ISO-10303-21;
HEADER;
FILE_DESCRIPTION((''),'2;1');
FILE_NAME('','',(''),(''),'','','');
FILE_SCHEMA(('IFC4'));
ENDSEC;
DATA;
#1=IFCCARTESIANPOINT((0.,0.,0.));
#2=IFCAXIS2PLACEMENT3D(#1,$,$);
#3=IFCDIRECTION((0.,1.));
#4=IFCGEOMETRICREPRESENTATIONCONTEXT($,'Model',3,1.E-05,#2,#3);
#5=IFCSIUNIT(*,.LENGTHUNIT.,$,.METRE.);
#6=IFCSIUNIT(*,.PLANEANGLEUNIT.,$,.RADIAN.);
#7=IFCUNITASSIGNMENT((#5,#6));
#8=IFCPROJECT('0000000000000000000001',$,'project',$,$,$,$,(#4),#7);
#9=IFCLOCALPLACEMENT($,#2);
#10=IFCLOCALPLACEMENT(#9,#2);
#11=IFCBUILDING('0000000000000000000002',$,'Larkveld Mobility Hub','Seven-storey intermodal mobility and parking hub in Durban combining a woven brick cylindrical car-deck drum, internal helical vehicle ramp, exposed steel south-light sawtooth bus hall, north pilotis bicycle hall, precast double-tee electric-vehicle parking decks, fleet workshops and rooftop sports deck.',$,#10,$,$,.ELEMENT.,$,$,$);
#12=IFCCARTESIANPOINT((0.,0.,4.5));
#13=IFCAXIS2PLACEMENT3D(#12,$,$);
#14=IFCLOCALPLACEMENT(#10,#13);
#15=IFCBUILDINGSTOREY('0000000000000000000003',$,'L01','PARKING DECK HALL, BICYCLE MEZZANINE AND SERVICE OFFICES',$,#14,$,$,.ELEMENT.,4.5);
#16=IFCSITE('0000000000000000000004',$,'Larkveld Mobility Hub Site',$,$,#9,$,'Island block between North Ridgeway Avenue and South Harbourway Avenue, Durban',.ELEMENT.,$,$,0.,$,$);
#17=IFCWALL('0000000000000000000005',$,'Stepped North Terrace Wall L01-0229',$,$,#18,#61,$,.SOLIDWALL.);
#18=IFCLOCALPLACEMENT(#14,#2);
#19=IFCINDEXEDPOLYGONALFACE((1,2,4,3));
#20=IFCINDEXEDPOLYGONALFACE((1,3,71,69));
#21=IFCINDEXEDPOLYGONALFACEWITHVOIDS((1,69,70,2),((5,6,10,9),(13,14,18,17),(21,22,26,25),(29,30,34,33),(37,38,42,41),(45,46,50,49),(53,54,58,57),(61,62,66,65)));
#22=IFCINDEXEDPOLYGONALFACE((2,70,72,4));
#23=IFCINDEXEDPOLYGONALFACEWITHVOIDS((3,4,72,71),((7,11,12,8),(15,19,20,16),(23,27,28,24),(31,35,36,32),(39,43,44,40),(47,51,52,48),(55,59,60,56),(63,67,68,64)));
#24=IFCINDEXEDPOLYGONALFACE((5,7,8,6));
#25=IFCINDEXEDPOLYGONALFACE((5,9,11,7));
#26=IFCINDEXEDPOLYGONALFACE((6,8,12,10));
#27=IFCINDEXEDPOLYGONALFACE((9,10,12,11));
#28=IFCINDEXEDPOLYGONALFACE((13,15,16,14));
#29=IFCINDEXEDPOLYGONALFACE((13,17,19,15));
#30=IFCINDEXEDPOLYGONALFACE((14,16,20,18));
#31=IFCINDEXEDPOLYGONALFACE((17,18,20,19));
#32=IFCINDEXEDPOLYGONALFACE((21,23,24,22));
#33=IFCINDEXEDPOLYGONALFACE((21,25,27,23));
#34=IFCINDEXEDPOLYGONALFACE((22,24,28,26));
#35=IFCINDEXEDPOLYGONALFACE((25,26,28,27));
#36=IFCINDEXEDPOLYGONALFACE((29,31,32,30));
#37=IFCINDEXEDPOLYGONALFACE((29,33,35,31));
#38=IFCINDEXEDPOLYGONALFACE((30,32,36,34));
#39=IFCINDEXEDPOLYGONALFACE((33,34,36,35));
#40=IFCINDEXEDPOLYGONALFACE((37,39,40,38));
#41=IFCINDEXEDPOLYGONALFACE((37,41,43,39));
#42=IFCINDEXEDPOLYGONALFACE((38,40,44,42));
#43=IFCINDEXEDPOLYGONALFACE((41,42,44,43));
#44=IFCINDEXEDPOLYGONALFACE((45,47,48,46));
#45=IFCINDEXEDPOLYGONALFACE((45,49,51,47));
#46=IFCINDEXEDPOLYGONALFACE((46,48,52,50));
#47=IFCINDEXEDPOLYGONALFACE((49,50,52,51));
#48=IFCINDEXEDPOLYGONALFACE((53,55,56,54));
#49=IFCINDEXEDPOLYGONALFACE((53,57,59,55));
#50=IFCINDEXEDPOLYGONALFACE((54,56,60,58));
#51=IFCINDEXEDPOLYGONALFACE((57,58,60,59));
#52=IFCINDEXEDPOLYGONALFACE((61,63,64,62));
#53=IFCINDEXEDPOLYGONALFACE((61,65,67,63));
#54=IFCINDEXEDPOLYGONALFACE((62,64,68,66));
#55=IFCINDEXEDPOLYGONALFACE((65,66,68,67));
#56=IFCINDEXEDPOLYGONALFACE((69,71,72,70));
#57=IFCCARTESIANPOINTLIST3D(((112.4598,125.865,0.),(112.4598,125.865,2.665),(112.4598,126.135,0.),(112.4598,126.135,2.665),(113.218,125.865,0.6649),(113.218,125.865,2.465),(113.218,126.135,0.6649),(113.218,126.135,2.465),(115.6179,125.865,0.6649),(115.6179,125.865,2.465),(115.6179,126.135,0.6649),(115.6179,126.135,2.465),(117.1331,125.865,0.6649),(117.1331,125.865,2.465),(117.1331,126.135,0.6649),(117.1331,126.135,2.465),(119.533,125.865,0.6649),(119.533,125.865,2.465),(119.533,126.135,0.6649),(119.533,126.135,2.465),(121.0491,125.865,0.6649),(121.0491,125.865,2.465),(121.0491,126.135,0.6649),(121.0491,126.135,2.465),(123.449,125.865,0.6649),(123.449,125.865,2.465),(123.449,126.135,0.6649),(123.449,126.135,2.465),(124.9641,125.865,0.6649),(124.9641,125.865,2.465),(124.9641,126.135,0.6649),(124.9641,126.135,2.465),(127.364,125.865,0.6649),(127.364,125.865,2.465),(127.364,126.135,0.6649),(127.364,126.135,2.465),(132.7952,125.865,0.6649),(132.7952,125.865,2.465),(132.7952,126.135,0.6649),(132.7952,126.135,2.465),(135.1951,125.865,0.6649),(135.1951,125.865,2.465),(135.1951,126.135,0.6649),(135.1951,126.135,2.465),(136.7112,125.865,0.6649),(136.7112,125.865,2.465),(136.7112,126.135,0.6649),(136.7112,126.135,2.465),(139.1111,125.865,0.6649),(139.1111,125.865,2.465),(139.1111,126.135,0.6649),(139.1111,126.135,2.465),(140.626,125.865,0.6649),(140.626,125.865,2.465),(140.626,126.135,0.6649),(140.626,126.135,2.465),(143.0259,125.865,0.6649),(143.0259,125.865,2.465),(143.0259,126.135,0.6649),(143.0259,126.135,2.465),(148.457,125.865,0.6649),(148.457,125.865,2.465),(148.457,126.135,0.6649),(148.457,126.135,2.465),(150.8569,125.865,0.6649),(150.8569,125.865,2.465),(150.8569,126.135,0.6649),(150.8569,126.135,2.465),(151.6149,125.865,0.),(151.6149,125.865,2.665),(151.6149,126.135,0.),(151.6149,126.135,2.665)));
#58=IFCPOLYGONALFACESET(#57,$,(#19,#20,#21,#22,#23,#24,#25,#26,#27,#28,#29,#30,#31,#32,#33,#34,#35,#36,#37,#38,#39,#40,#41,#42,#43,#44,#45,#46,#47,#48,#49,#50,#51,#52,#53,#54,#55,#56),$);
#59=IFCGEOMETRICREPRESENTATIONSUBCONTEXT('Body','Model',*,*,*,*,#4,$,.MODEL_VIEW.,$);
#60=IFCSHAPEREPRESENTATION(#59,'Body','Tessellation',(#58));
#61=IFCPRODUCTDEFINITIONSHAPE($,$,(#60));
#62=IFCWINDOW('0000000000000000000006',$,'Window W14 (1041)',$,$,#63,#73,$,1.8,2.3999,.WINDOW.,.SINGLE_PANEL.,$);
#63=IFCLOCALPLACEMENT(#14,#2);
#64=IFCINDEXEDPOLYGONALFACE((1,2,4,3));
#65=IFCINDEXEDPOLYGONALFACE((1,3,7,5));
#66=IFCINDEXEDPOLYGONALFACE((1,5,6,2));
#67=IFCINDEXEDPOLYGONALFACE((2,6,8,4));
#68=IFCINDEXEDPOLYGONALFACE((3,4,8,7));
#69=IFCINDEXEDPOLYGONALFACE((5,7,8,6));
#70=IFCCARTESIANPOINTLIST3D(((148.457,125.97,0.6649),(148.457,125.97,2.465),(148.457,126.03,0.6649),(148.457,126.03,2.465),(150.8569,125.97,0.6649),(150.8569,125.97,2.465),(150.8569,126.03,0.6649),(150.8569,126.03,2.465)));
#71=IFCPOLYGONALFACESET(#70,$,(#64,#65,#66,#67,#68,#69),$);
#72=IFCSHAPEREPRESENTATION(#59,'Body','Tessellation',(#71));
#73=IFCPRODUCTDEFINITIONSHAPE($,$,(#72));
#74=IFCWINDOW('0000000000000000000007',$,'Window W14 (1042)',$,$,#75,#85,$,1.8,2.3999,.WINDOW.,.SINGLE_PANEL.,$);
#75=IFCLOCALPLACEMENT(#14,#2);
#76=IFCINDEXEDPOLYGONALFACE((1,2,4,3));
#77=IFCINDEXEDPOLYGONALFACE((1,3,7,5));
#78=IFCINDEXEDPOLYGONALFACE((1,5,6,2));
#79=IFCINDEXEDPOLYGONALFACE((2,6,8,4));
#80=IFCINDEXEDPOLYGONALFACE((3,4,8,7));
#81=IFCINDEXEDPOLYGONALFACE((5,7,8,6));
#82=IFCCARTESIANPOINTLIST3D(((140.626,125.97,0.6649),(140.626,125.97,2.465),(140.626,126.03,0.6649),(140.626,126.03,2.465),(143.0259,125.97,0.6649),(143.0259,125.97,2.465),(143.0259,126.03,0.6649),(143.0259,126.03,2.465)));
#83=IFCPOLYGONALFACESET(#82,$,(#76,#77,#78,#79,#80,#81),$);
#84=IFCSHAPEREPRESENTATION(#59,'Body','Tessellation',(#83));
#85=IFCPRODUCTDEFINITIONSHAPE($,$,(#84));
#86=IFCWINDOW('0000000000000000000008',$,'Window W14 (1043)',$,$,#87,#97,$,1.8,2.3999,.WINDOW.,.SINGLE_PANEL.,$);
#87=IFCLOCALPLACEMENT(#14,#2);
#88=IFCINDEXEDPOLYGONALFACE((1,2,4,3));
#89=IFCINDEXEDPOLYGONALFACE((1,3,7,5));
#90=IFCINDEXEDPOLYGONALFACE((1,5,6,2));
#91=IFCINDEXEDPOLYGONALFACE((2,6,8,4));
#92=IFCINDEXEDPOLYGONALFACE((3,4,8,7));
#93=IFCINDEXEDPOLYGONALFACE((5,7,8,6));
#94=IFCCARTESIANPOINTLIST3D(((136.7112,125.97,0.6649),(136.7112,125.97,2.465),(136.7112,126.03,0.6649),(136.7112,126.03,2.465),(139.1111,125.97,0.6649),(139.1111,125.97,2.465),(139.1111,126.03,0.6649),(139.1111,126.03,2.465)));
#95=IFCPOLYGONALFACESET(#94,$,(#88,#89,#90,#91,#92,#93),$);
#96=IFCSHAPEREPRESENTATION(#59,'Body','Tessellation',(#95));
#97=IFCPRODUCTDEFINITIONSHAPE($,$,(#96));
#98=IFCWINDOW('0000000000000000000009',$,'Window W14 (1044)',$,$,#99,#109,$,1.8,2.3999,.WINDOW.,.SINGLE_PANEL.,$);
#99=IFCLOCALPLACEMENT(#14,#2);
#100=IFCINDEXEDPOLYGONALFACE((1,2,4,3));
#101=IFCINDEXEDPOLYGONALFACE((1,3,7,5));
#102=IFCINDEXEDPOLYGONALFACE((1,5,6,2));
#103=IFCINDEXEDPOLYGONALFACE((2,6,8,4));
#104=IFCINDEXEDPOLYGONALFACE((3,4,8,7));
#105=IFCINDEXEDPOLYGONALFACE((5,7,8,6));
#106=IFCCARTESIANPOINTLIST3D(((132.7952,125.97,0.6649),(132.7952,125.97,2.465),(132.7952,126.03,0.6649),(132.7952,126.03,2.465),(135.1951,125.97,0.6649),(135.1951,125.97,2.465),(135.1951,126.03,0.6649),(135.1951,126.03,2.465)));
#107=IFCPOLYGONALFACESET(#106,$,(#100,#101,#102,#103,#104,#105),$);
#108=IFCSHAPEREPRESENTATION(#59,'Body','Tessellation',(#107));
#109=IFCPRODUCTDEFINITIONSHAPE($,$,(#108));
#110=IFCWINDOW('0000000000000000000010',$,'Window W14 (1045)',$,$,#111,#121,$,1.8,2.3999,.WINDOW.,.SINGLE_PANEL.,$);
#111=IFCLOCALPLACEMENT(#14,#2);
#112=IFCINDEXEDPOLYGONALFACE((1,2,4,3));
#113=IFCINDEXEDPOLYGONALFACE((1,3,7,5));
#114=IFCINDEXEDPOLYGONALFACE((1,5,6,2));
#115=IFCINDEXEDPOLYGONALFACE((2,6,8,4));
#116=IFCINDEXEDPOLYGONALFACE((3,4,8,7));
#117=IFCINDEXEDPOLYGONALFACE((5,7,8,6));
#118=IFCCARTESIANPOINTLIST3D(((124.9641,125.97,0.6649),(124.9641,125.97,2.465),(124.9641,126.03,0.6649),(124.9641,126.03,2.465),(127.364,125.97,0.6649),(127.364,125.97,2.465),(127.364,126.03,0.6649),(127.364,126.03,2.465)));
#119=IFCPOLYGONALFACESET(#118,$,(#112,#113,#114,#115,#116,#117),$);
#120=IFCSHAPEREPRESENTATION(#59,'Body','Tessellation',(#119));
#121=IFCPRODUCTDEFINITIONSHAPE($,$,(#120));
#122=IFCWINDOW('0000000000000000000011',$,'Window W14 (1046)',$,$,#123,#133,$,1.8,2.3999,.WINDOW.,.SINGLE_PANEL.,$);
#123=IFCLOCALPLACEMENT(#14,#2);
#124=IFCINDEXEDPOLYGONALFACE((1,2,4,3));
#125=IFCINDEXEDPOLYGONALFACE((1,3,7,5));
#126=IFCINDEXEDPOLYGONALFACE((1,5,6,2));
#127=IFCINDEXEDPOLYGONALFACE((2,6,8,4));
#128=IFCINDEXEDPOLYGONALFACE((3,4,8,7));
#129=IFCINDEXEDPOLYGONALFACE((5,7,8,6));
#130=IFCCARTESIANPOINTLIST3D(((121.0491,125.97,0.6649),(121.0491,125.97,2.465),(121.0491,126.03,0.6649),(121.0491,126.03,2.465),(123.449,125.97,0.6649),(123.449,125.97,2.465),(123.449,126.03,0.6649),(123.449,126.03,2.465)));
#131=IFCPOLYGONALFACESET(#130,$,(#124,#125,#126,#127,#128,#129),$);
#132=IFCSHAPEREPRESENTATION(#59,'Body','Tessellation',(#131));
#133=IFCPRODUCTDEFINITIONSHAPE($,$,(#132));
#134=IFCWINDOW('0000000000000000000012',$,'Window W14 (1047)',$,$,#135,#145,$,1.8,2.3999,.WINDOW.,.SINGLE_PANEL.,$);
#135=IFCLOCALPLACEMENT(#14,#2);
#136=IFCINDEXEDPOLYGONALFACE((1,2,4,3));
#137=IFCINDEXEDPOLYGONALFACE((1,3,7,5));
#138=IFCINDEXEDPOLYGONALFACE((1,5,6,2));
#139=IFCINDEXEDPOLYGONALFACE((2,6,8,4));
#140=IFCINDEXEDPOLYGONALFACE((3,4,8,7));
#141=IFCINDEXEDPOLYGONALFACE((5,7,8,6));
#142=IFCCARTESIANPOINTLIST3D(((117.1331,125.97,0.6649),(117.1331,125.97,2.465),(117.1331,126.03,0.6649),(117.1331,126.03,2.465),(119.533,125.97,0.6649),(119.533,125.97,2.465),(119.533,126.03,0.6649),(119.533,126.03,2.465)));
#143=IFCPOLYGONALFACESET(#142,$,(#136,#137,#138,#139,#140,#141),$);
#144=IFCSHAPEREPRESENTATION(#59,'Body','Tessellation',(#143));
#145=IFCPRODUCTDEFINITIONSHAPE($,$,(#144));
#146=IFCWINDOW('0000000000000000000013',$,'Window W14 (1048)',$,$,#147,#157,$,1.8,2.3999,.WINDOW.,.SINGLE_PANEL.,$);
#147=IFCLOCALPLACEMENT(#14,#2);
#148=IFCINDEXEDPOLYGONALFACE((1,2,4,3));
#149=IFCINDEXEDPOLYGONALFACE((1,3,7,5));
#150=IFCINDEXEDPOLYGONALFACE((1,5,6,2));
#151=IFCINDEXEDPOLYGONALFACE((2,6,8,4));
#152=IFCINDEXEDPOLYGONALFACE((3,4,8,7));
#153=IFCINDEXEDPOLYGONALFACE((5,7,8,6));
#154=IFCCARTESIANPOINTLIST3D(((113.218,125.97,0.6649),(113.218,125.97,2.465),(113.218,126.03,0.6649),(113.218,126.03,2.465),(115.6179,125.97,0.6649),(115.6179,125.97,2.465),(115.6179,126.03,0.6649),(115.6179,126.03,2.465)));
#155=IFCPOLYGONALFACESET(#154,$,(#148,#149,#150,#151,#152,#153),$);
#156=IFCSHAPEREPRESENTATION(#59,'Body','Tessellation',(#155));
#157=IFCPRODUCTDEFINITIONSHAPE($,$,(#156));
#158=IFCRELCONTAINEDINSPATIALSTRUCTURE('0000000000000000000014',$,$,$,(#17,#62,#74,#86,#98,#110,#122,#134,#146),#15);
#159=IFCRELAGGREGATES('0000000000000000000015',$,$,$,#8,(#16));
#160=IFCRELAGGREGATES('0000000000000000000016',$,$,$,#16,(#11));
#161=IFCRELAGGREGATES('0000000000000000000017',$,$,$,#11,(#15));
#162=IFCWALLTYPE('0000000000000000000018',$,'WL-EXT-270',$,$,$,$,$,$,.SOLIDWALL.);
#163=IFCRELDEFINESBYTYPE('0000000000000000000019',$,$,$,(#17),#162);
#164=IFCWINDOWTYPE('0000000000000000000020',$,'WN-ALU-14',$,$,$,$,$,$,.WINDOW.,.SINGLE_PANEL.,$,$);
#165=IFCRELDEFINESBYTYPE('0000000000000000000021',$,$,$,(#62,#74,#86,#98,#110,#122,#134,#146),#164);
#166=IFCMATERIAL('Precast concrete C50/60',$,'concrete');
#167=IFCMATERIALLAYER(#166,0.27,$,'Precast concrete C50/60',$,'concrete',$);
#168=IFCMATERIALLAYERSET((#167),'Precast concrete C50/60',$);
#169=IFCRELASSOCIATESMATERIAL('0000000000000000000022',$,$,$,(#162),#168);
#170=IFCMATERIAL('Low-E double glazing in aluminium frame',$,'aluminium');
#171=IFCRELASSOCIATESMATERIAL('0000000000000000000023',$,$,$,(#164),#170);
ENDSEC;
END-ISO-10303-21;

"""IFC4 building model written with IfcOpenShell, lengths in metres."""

from ifc_helpers import new_model, si_unit, direction, frame, frame_2d, origin, place, context, subcontext, project, spatial, rectangle, extrude, material, layer, layer_set, type_object, element, fill, save


model = new_model("IFC4")

# Units and contexts
model_context = context("Model", 3, precision=1e-05, world=origin(), true_north=direction((0.0, 1.0)))
body_context = subcontext(model_context, "Body", "Model", "MODEL_VIEW")
ifc_project = project(units=[si_unit("LENGTHUNIT", "METRE"), si_unit("PLANEANGLEUNIT", "RADIAN")], contexts=[model_context])

# Site, building, storey
site_placement = place(None, origin())
site = spatial("IfcSite", under=ifc_project, at=site_placement, Name="Larkveld Mobility Hub Site", LongName="Island block between North Ridgeway Avenue and South Harbourway Avenue, Durban", CompositionType="ELEMENT", RefElevation=0.0)
building_placement = place(site_placement, origin())
building = spatial("IfcBuilding", under=site, at=building_placement, Name="Larkveld Mobility Hub", Description="Seven-storey intermodal mobility and parking hub in Durban combining a woven brick cylindrical car-deck drum, internal helical vehicle ramp, exposed steel south-light sawtooth bus hall, north pilotis bicycle hall, precast double-tee electric-vehicle parking decks, fleet workshops and rooftop sports deck.", CompositionType="ELEMENT")
storey_placement = place(building_placement, frame((0.0, 0.0, 4.5)))
storey = spatial("IfcBuildingStorey", under=building, at=storey_placement, Name="L01", Description="PARKING DECK HALL, BICYCLE MEZZANINE AND SERVICE OFFICES", CompositionType="ELEMENT", Elevation=4.5)

# Shared definitions
ifc_material_1 = material(Name="Precast concrete C50/60", Category="concrete")

# Wall, openings, windows
ifc_layer_1 = layer(ifc_material_1, 0.27, Name="Precast concrete C50/60", Category="concrete")
ifc_layer_set_1 = layer_set([ifc_layer_1], Name="Precast concrete C50/60")
wall_type = type_object("IfcWallType", Name="WL-EXT-270", PredefinedType="SOLIDWALL", material=ifc_layer_set_1)
wall_placement = place(storey_placement, frame((151.615, 126.0, 0.0), z_axis=(0.0, 0.0, 1.0), x_axis=(-1.0, 0.0, 0.0)))
wall = element("IfcWall", 1, at=wall_placement, inside=storey, type_object=wall_type, Name="Stepped North Terrace Wall L01-0229", PredefinedType="SOLIDWALL", context=body_context, shape_type="SweptSolid", body=[
    extrude(rectangle(XDim=39.155, YDim=0.27, at=frame_2d((19.5776, 0.0))), origin(), (0.0, 0.0, 1.0), 2.665),
])
opening_1_placement = place(wall_placement, frame((0.7581, 0.0, 0.665)))
opening_1 = element("IfcOpeningElement", 2, at=opening_1_placement, cuts=wall, PredefinedType="OPENING", context=body_context, shape_type="SweptSolid", body=[
    extrude(rectangle(XDim=2.3999, YDim=1.8, at=frame_2d((1.2, 0.8999))), frame((0.0, 0.145, 0.0), z_axis=(0.0, -1.0, 0.0), x_axis=(1.0, 0.0, 0.0)), (0.0, 0.0, 1.0), 0.29),
])
opening_2_placement = place(wall_placement, frame((8.5891, 0.0, 0.665)))
opening_2 = element("IfcOpeningElement", 3, at=opening_2_placement, cuts=wall, PredefinedType="OPENING", context=body_context, shape_type="SweptSolid", body=[
    extrude(rectangle(XDim=2.3999, YDim=1.8, at=frame_2d((1.2, 0.8999))), frame((0.0, 0.145, 0.0), z_axis=(0.0, -1.0, 0.0), x_axis=(1.0, 0.0, 0.0)), (0.0, 0.0, 1.0), 0.29),
])
opening_3_placement = place(wall_placement, frame((12.5039, 0.0, 0.665)))
opening_3 = element("IfcOpeningElement", 4, at=opening_3_placement, cuts=wall, PredefinedType="OPENING", context=body_context, shape_type="SweptSolid", body=[
    extrude(rectangle(XDim=2.3999, YDim=1.8, at=frame_2d((1.2, 0.8999))), frame((0.0, 0.145, 0.0), z_axis=(0.0, -1.0, 0.0), x_axis=(1.0, 0.0, 0.0)), (0.0, 0.0, 1.0), 0.29),
])
opening_4_placement = place(wall_placement, frame((16.4199, 0.0, 0.665)))
opening_4 = element("IfcOpeningElement", 5, at=opening_4_placement, cuts=wall, PredefinedType="OPENING", context=body_context, shape_type="SweptSolid", body=[
    extrude(rectangle(XDim=2.3999, YDim=1.8, at=frame_2d((1.2, 0.8999))), frame((0.0, 0.145, 0.0), z_axis=(0.0, -1.0, 0.0), x_axis=(1.0, 0.0, 0.0)), (0.0, 0.0, 1.0), 0.29),
])
opening_5_placement = place(wall_placement, frame((24.251, 0.0, 0.665)))
opening_5 = element("IfcOpeningElement", 6, at=opening_5_placement, cuts=wall, PredefinedType="OPENING", context=body_context, shape_type="SweptSolid", body=[
    extrude(rectangle(XDim=2.3999, YDim=1.8, at=frame_2d((1.2, 0.8999))), frame((0.0, 0.145, 0.0), z_axis=(0.0, -1.0, 0.0), x_axis=(1.0, 0.0, 0.0)), (0.0, 0.0, 1.0), 0.29),
])
opening_6_placement = place(wall_placement, frame((28.166, 0.0, 0.665)))
opening_6 = element("IfcOpeningElement", 7, at=opening_6_placement, cuts=wall, PredefinedType="OPENING", context=body_context, shape_type="SweptSolid", body=[
    extrude(rectangle(XDim=2.3999, YDim=1.8, at=frame_2d((1.2, 0.8999))), frame((0.0, 0.145, 0.0), z_axis=(0.0, -1.0, 0.0), x_axis=(1.0, 0.0, 0.0)), (0.0, 0.0, 1.0), 0.29),
])
opening_7_placement = place(wall_placement, frame((32.082, 0.0, 0.665)))
opening_7 = element("IfcOpeningElement", 8, at=opening_7_placement, cuts=wall, PredefinedType="OPENING", context=body_context, shape_type="SweptSolid", body=[
    extrude(rectangle(XDim=2.3999, YDim=1.8, at=frame_2d((1.2, 0.8999))), frame((0.0, 0.145, 0.0), z_axis=(0.0, -1.0, 0.0), x_axis=(1.0, 0.0, 0.0)), (0.0, 0.0, 1.0), 0.29),
])
opening_8_placement = place(wall_placement, frame((35.9971, 0.0, 0.665)))
opening_8 = element("IfcOpeningElement", 9, at=opening_8_placement, cuts=wall, PredefinedType="OPENING", context=body_context, shape_type="SweptSolid", body=[
    extrude(rectangle(XDim=2.3999, YDim=1.8, at=frame_2d((1.2, 0.8999))), frame((0.0, 0.145, 0.0), z_axis=(0.0, -1.0, 0.0), x_axis=(1.0, 0.0, 0.0)), (0.0, 0.0, 1.0), 0.29),
])
ifc_material_2 = material(Name="Low-E double glazing in aluminium frame", Category="aluminium")
window_type = type_object("IfcWindowType", Name="WN-ALU-14", PartitioningType="SINGLE_PANEL", PredefinedType="WINDOW", material=ifc_material_2)
window_1_placement = place(opening_1_placement, origin())
window_1 = element("IfcWindow", 10, at=window_1_placement, inside=storey, type_object=window_type, Name="Window W14 (1041)", OverallHeight=1.8, OverallWidth=2.3999, PartitioningType="SINGLE_PANEL", PredefinedType="WINDOW", context=body_context, shape_type="SweptSolid", body=[
    extrude(rectangle(XDim=2.3999, YDim=1.8, at=frame_2d((1.2, 0.8999))), frame((0.0, 0.03, 0.0), z_axis=(0.0, -1.0, 0.0), x_axis=(1.0, 0.0, 0.0)), (0.0, 0.0, 1.0), 0.0601),
])
fill(opening_1, window_1)
window_2_placement = place(opening_2_placement, origin())
window_2 = element("IfcWindow", 11, at=window_2_placement, inside=storey, type_object=window_type, Name="Window W14 (1042)", OverallHeight=1.8, OverallWidth=2.3999, PartitioningType="SINGLE_PANEL", PredefinedType="WINDOW", context=body_context, shape_type="SweptSolid", body=[
    extrude(rectangle(XDim=2.3999, YDim=1.8, at=frame_2d((1.2, 0.8999))), frame((0.0, 0.03, 0.0), z_axis=(0.0, -1.0, 0.0), x_axis=(1.0, 0.0, 0.0)), (0.0, 0.0, 1.0), 0.0601),
])
fill(opening_2, window_2)
window_3_placement = place(opening_3_placement, origin())
window_3 = element("IfcWindow", 12, at=window_3_placement, inside=storey, type_object=window_type, Name="Window W14 (1043)", OverallHeight=1.8, OverallWidth=2.3999, PartitioningType="SINGLE_PANEL", PredefinedType="WINDOW", context=body_context, shape_type="SweptSolid", body=[
    extrude(rectangle(XDim=2.3999, YDim=1.8, at=frame_2d((1.2, 0.8999))), frame((0.0, 0.03, 0.0), z_axis=(0.0, -1.0, 0.0), x_axis=(1.0, 0.0, 0.0)), (0.0, 0.0, 1.0), 0.0601),
])
fill(opening_3, window_3)
window_4_placement = place(opening_4_placement, origin())
window_4 = element("IfcWindow", 13, at=window_4_placement, inside=storey, type_object=window_type, Name="Window W14 (1044)", OverallHeight=1.8, OverallWidth=2.3999, PartitioningType="SINGLE_PANEL", PredefinedType="WINDOW", context=body_context, shape_type="SweptSolid", body=[
    extrude(rectangle(XDim=2.3999, YDim=1.8, at=frame_2d((1.2, 0.8999))), frame((0.0, 0.03, 0.0), z_axis=(0.0, -1.0, 0.0), x_axis=(1.0, 0.0, 0.0)), (0.0, 0.0, 1.0), 0.0601),
])
fill(opening_4, window_4)
window_5_placement = place(opening_5_placement, origin())
window_5 = element("IfcWindow", 14, at=window_5_placement, inside=storey, type_object=window_type, Name="Window W14 (1045)", OverallHeight=1.8, OverallWidth=2.3999, PartitioningType="SINGLE_PANEL", PredefinedType="WINDOW", context=body_context, shape_type="SweptSolid", body=[
    extrude(rectangle(XDim=2.3999, YDim=1.8, at=frame_2d((1.2, 0.8999))), frame((0.0, 0.03, 0.0), z_axis=(0.0, -1.0, 0.0), x_axis=(1.0, 0.0, 0.0)), (0.0, 0.0, 1.0), 0.0601),
])
fill(opening_5, window_5)
window_6_placement = place(opening_6_placement, origin())
window_6 = element("IfcWindow", 15, at=window_6_placement, inside=storey, type_object=window_type, Name="Window W14 (1046)", OverallHeight=1.8, OverallWidth=2.3999, PartitioningType="SINGLE_PANEL", PredefinedType="WINDOW", context=body_context, shape_type="SweptSolid", body=[
    extrude(rectangle(XDim=2.3999, YDim=1.8, at=frame_2d((1.2, 0.8999))), frame((0.0, 0.03, 0.0), z_axis=(0.0, -1.0, 0.0), x_axis=(1.0, 0.0, 0.0)), (0.0, 0.0, 1.0), 0.0601),
])
fill(opening_6, window_6)
window_7_placement = place(opening_7_placement, origin())
window_7 = element("IfcWindow", 16, at=window_7_placement, inside=storey, type_object=window_type, Name="Window W14 (1047)", OverallHeight=1.8, OverallWidth=2.3999, PartitioningType="SINGLE_PANEL", PredefinedType="WINDOW", context=body_context, shape_type="SweptSolid", body=[
    extrude(rectangle(XDim=2.3999, YDim=1.8, at=frame_2d((1.2, 0.8999))), frame((0.0, 0.03, 0.0), z_axis=(0.0, -1.0, 0.0), x_axis=(1.0, 0.0, 0.0)), (0.0, 0.0, 1.0), 0.0601),
])
fill(opening_7, window_7)
window_8_placement = place(opening_8_placement, origin())
window_8 = element("IfcWindow", 17, at=window_8_placement, inside=storey, type_object=window_type, Name="Window W14 (1048)", OverallHeight=1.8, OverallWidth=2.3999, PartitioningType="SINGLE_PANEL", PredefinedType="WINDOW", context=body_context, shape_type="SweptSolid", body=[
    extrude(rectangle(XDim=2.3999, YDim=1.8, at=frame_2d((1.2, 0.8999))), frame((0.0, 0.03, 0.0), z_axis=(0.0, -1.0, 0.0), x_axis=(1.0, 0.0, 0.0)), (0.0, 0.0, 1.0), 0.0601),
])
fill(opening_8, window_8)

save(model, "model.ifc")
